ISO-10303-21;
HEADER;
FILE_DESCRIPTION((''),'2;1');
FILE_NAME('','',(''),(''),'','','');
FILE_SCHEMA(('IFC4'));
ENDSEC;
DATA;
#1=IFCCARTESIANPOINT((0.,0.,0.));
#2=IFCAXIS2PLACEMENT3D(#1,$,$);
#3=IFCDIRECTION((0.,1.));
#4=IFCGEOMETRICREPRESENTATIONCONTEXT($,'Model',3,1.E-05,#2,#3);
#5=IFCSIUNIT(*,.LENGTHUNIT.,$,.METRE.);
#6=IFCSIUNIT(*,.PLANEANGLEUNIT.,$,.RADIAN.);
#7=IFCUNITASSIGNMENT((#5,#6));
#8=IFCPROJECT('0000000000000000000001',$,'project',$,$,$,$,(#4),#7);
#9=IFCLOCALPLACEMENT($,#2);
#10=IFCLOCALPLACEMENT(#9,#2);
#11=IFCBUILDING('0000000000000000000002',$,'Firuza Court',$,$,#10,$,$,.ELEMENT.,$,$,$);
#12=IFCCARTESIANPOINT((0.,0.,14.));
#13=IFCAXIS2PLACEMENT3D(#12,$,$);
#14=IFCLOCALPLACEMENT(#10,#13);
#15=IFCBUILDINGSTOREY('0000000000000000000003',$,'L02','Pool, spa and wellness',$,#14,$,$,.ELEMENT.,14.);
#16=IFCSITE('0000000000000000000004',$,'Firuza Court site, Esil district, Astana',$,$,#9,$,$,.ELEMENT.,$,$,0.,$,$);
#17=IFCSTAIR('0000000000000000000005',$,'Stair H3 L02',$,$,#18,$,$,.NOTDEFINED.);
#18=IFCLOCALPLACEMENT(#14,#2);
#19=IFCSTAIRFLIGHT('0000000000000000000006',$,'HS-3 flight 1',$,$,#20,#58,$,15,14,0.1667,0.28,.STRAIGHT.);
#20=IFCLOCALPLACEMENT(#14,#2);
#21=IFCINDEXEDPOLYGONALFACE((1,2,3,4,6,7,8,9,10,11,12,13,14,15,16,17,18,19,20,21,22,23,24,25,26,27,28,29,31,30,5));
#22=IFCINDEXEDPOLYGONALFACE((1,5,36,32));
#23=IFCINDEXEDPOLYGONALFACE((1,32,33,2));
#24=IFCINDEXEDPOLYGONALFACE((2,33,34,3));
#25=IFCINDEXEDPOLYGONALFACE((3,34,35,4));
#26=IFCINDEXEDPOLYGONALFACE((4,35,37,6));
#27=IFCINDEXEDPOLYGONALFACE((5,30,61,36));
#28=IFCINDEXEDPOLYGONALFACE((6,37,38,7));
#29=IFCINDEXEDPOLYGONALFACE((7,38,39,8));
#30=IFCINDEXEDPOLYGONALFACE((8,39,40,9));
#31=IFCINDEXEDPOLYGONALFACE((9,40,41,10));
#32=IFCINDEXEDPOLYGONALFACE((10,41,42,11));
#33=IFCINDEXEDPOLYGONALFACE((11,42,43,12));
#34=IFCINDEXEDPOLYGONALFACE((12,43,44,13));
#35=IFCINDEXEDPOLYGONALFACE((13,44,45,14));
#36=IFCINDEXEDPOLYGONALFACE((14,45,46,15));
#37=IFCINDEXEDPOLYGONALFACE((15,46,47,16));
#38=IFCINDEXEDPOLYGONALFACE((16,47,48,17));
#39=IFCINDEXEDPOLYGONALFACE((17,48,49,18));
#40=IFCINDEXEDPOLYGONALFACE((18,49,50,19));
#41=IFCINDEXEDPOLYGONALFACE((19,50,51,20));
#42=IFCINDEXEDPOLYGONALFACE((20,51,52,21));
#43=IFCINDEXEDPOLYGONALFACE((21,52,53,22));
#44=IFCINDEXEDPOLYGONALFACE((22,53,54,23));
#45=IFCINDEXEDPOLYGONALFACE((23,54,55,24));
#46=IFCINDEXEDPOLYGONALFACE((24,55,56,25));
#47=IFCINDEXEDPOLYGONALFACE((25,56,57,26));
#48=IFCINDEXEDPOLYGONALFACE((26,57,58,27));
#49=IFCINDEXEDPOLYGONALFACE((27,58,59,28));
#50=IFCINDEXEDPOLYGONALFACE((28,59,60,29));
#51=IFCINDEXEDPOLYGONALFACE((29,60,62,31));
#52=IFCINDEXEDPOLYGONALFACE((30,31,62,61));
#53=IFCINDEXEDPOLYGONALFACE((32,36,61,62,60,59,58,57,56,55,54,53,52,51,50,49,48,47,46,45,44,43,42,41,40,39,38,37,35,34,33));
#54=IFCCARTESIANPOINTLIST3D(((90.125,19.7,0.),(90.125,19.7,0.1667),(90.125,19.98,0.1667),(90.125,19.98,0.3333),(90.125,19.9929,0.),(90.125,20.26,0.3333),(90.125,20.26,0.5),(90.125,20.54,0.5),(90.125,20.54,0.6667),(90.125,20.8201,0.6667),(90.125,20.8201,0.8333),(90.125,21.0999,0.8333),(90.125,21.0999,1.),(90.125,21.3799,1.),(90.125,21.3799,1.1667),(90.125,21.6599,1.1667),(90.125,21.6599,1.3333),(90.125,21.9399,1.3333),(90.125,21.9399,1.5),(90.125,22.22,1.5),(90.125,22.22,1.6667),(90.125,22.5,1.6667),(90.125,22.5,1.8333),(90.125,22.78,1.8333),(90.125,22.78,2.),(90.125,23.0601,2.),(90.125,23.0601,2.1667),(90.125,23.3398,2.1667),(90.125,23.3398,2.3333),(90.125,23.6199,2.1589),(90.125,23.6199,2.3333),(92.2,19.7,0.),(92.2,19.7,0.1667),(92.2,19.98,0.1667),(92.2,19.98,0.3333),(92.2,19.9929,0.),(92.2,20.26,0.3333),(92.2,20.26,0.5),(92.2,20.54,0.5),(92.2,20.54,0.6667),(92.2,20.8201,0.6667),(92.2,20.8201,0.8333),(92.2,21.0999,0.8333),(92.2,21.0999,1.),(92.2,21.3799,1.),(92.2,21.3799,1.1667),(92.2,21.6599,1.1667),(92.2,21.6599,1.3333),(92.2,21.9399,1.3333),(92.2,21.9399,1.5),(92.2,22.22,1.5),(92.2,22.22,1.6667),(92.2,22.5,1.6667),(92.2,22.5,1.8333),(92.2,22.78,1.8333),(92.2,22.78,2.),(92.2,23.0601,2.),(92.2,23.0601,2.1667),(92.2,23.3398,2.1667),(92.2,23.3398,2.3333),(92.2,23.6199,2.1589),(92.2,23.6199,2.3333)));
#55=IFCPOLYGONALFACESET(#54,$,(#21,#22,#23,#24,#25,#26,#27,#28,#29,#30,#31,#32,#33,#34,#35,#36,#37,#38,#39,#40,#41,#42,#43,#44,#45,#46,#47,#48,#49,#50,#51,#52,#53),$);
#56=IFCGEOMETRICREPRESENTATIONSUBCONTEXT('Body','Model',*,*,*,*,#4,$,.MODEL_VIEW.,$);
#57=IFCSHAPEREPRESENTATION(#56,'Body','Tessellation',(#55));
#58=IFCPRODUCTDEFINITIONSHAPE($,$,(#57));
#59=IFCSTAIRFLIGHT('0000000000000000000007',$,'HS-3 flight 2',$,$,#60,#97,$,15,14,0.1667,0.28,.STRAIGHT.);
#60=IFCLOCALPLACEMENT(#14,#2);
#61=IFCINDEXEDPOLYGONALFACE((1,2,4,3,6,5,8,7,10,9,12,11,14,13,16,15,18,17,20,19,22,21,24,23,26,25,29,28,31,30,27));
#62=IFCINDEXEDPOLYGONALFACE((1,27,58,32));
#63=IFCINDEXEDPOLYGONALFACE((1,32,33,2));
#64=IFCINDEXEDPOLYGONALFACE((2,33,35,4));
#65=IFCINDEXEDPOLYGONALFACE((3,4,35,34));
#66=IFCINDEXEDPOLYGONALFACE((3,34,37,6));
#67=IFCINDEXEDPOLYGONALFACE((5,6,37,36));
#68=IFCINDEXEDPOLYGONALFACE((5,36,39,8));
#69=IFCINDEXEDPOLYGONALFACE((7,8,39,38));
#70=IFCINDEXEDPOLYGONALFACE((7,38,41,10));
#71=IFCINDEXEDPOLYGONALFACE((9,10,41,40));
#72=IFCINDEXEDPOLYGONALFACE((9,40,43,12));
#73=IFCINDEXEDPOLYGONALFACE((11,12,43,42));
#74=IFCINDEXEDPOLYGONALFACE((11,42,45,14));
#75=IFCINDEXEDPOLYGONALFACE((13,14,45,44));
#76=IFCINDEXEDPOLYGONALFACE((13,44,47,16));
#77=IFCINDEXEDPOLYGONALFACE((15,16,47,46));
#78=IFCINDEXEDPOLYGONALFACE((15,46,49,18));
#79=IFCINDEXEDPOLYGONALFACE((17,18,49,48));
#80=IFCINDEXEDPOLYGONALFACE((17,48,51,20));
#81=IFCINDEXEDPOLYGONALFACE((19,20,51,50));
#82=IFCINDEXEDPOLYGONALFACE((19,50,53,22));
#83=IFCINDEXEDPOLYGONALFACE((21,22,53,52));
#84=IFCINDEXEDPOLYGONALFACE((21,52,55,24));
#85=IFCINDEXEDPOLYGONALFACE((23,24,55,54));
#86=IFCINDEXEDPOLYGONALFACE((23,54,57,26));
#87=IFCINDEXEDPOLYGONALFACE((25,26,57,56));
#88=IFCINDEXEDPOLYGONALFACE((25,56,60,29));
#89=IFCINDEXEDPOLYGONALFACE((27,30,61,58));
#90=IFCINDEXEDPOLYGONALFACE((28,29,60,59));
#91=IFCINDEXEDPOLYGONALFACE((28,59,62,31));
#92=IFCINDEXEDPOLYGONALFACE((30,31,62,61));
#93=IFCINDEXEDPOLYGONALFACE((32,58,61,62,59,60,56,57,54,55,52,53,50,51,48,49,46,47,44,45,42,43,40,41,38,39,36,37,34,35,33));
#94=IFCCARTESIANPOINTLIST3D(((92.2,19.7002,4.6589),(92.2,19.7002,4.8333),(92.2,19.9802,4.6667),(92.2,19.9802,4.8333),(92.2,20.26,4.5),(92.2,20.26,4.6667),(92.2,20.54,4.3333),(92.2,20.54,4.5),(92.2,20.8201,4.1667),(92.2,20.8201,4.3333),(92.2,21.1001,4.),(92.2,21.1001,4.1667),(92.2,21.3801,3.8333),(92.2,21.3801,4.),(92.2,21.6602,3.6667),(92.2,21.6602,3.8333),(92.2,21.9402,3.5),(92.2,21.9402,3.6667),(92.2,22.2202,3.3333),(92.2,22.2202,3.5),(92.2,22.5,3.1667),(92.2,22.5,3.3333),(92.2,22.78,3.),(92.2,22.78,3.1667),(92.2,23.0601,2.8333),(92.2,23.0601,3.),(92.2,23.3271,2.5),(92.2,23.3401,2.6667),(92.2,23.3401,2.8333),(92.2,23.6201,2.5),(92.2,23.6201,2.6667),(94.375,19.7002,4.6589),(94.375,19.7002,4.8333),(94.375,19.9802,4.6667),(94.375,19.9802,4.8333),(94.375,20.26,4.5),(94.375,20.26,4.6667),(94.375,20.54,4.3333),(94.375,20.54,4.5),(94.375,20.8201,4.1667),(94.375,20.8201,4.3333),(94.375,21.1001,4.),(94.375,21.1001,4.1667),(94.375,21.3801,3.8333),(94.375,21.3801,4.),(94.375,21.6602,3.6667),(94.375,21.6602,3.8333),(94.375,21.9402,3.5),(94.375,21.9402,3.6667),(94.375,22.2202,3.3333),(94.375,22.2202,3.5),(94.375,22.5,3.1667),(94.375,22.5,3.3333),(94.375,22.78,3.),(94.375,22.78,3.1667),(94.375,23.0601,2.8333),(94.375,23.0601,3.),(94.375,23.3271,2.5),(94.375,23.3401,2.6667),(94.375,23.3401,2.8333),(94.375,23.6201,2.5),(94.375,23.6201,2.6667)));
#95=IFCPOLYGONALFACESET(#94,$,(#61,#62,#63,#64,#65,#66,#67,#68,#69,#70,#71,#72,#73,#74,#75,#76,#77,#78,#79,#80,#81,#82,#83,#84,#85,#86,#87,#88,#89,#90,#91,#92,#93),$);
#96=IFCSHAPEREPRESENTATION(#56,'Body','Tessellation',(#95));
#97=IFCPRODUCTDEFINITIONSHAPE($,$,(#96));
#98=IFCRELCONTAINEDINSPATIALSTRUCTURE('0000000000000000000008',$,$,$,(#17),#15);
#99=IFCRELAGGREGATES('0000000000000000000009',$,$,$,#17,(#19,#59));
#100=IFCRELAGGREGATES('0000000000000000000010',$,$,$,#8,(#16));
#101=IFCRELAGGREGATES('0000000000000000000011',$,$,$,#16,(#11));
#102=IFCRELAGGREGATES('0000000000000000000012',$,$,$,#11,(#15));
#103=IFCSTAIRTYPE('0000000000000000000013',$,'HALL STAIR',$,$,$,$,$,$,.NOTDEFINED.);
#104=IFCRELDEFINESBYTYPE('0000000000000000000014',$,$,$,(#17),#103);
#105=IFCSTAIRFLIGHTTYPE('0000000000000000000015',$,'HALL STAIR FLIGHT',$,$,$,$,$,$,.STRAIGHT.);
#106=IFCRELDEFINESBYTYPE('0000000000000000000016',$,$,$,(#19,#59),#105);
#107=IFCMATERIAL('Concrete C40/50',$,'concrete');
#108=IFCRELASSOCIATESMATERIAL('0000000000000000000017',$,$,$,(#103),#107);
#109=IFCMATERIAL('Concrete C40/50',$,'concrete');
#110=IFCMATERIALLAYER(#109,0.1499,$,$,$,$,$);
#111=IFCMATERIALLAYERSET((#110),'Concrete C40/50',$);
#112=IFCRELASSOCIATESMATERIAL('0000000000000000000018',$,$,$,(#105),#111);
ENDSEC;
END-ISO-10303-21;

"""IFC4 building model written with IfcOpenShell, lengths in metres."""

from ifc_helpers import new_model, si_unit, direction, frame, origin, place, context, subcontext, project, spatial, polyline, outline, extrude, material, layer, layer_set, type_object, element, aggregate, save


model = new_model("IFC4")

# Units and contexts
model_context = context("Model", 3, precision=1e-05, world=origin(), true_north=direction((0.0, 1.0)))
body_context = subcontext(model_context, "Body", "Model", "MODEL_VIEW")
ifc_project = project(units=[si_unit("LENGTHUNIT", "METRE"), si_unit("PLANEANGLEUNIT", "RADIAN")], contexts=[model_context])

# Site, building, storey
site_placement = place(None, origin())
site = spatial("IfcSite", under=ifc_project, at=site_placement, Name="Firuza Court site, Esil district, Astana", CompositionType="ELEMENT", RefElevation=0.0)
building_placement = place(site_placement, origin())
building = spatial("IfcBuilding", under=site, at=building_placement, Name="Firuza Court", CompositionType="ELEMENT")
storey_placement = place(building_placement, frame((0.0, 0.0, 14.0)))
storey = spatial("IfcBuildingStorey", under=building, at=storey_placement, Name="L02", Description="Pool, spa and wellness", CompositionType="ELEMENT", Elevation=14.0)

# Shared definitions
ifc_material_1 = material(Name="Concrete C40/50", Category="concrete")

# Stair, stair flights
ifc_material_2 = material(Name="Concrete C40/50", Category="concrete")
stair_type = type_object("IfcStairType", Name="HALL STAIR", PredefinedType="NOTDEFINED", material=ifc_material_2)
stair_placement = place(storey_placement, origin())
stair = element("IfcStair", 1, at=stair_placement, inside=storey, type_object=stair_type, Name="Stair H3 L02", PredefinedType="NOTDEFINED")
ifc_layer_1 = layer(ifc_material_1, 0.1499)
ifc_layer_set_1 = layer_set([ifc_layer_1], Name="Concrete C40/50")
stair_flight_type = type_object("IfcStairFlightType", Name="HALL STAIR FLIGHT", PredefinedType="STRAIGHT", material=ifc_layer_set_1)
stair_flight_1_placement = place(storey_placement, frame((91.1626, 19.7, 0.0), z_axis=(0.0, 0.0, 1.0), x_axis=(0.0, 1.0, 0.0)))
stair_flight_1 = element("IfcStairFlight", 2, at=stair_flight_1_placement, type_object=stair_flight_type, Name="HS-3 flight 1", NumberOfRisers=15, NumberOfTreads=14, PredefinedType="STRAIGHT", RiserHeight=0.1667, TreadLength=0.28, context=body_context, shape_type="SweptSolid", body=[
    extrude(outline(polyline([(0.0, 0.0), (0.0, 0.1667), (0.28, 0.1667), (0.28, 0.3333), (0.5601, 0.3333), (0.5601, 0.5), (0.8401, 0.5), (0.8401, 0.6667), (1.1201, 0.6667), (1.1201, 0.8333), (1.3999, 0.8333), (1.3999, 1.0), (1.6799, 1.0), (1.6799, 1.1667), (1.96, 1.1667), (1.96, 1.3333), (2.24, 1.3333), (2.24, 1.5), (2.52, 1.5), (2.52, 1.6667), (2.8, 1.6667), (2.8, 1.8333), (3.0801, 1.8333), (3.0801, 2.0), (3.3601, 2.0), (3.3601, 2.1667), (3.6399, 2.1667), (3.6399, 2.3333), (3.9199, 2.3333), (3.9199, 2.5), (3.9199, 2.1589), (0.293, 0.0), (0.0, 0.0)])), frame((0.0, 1.0376, 0.0), z_axis=(0.0, -1.0, 0.0), x_axis=(1.0, 0.0, 0.0)), (0.0, 0.0, 1.0), 2.075),
])
stair_flight_2_placement = place(storey_placement, frame((93.2876, 23.6201, 2.5), z_axis=(0.0, 0.0, 1.0), x_axis=(0.0, -1.0, 0.0)))
stair_flight_2 = element("IfcStairFlight", 3, at=stair_flight_2_placement, type_object=stair_flight_type, Name="HS-3 flight 2", NumberOfRisers=15, NumberOfTreads=14, PredefinedType="STRAIGHT", RiserHeight=0.1667, TreadLength=0.28, context=body_context, shape_type="SweptSolid", body=[
    extrude(outline(polyline([(0.0, 0.0), (0.0, 0.1667), (0.28, 0.1667), (0.28, 0.3333), (0.5601, 0.3333), (0.5601, 0.5), (0.8401, 0.5), (0.8401, 0.6667), (1.1201, 0.6667), (1.1201, 0.8333), (1.3999, 0.8333), (1.3999, 1.0), (1.6799, 1.0), (1.6799, 1.1667), (1.96, 1.1667), (1.96, 1.3333), (2.24, 1.3333), (2.24, 1.5), (2.52, 1.5), (2.52, 1.6667), (2.8, 1.6667), (2.8, 1.8333), (3.0801, 1.8333), (3.0801, 2.0), (3.3601, 2.0), (3.3601, 2.1667), (3.6399, 2.1667), (3.6399, 2.3333), (3.9199, 2.3333), (3.9199, 2.5), (3.9199, 2.1589), (0.293, 0.0), (0.0, 0.0)])), frame((0.0, 1.0874, 0.0), z_axis=(0.0, -1.0, 0.0), x_axis=(1.0, 0.0, 0.0)), (0.0, 0.0, 1.0), 2.175),
])
aggregate(stair, [stair_flight_1, stair_flight_2])

save(model, "model.ifc")
